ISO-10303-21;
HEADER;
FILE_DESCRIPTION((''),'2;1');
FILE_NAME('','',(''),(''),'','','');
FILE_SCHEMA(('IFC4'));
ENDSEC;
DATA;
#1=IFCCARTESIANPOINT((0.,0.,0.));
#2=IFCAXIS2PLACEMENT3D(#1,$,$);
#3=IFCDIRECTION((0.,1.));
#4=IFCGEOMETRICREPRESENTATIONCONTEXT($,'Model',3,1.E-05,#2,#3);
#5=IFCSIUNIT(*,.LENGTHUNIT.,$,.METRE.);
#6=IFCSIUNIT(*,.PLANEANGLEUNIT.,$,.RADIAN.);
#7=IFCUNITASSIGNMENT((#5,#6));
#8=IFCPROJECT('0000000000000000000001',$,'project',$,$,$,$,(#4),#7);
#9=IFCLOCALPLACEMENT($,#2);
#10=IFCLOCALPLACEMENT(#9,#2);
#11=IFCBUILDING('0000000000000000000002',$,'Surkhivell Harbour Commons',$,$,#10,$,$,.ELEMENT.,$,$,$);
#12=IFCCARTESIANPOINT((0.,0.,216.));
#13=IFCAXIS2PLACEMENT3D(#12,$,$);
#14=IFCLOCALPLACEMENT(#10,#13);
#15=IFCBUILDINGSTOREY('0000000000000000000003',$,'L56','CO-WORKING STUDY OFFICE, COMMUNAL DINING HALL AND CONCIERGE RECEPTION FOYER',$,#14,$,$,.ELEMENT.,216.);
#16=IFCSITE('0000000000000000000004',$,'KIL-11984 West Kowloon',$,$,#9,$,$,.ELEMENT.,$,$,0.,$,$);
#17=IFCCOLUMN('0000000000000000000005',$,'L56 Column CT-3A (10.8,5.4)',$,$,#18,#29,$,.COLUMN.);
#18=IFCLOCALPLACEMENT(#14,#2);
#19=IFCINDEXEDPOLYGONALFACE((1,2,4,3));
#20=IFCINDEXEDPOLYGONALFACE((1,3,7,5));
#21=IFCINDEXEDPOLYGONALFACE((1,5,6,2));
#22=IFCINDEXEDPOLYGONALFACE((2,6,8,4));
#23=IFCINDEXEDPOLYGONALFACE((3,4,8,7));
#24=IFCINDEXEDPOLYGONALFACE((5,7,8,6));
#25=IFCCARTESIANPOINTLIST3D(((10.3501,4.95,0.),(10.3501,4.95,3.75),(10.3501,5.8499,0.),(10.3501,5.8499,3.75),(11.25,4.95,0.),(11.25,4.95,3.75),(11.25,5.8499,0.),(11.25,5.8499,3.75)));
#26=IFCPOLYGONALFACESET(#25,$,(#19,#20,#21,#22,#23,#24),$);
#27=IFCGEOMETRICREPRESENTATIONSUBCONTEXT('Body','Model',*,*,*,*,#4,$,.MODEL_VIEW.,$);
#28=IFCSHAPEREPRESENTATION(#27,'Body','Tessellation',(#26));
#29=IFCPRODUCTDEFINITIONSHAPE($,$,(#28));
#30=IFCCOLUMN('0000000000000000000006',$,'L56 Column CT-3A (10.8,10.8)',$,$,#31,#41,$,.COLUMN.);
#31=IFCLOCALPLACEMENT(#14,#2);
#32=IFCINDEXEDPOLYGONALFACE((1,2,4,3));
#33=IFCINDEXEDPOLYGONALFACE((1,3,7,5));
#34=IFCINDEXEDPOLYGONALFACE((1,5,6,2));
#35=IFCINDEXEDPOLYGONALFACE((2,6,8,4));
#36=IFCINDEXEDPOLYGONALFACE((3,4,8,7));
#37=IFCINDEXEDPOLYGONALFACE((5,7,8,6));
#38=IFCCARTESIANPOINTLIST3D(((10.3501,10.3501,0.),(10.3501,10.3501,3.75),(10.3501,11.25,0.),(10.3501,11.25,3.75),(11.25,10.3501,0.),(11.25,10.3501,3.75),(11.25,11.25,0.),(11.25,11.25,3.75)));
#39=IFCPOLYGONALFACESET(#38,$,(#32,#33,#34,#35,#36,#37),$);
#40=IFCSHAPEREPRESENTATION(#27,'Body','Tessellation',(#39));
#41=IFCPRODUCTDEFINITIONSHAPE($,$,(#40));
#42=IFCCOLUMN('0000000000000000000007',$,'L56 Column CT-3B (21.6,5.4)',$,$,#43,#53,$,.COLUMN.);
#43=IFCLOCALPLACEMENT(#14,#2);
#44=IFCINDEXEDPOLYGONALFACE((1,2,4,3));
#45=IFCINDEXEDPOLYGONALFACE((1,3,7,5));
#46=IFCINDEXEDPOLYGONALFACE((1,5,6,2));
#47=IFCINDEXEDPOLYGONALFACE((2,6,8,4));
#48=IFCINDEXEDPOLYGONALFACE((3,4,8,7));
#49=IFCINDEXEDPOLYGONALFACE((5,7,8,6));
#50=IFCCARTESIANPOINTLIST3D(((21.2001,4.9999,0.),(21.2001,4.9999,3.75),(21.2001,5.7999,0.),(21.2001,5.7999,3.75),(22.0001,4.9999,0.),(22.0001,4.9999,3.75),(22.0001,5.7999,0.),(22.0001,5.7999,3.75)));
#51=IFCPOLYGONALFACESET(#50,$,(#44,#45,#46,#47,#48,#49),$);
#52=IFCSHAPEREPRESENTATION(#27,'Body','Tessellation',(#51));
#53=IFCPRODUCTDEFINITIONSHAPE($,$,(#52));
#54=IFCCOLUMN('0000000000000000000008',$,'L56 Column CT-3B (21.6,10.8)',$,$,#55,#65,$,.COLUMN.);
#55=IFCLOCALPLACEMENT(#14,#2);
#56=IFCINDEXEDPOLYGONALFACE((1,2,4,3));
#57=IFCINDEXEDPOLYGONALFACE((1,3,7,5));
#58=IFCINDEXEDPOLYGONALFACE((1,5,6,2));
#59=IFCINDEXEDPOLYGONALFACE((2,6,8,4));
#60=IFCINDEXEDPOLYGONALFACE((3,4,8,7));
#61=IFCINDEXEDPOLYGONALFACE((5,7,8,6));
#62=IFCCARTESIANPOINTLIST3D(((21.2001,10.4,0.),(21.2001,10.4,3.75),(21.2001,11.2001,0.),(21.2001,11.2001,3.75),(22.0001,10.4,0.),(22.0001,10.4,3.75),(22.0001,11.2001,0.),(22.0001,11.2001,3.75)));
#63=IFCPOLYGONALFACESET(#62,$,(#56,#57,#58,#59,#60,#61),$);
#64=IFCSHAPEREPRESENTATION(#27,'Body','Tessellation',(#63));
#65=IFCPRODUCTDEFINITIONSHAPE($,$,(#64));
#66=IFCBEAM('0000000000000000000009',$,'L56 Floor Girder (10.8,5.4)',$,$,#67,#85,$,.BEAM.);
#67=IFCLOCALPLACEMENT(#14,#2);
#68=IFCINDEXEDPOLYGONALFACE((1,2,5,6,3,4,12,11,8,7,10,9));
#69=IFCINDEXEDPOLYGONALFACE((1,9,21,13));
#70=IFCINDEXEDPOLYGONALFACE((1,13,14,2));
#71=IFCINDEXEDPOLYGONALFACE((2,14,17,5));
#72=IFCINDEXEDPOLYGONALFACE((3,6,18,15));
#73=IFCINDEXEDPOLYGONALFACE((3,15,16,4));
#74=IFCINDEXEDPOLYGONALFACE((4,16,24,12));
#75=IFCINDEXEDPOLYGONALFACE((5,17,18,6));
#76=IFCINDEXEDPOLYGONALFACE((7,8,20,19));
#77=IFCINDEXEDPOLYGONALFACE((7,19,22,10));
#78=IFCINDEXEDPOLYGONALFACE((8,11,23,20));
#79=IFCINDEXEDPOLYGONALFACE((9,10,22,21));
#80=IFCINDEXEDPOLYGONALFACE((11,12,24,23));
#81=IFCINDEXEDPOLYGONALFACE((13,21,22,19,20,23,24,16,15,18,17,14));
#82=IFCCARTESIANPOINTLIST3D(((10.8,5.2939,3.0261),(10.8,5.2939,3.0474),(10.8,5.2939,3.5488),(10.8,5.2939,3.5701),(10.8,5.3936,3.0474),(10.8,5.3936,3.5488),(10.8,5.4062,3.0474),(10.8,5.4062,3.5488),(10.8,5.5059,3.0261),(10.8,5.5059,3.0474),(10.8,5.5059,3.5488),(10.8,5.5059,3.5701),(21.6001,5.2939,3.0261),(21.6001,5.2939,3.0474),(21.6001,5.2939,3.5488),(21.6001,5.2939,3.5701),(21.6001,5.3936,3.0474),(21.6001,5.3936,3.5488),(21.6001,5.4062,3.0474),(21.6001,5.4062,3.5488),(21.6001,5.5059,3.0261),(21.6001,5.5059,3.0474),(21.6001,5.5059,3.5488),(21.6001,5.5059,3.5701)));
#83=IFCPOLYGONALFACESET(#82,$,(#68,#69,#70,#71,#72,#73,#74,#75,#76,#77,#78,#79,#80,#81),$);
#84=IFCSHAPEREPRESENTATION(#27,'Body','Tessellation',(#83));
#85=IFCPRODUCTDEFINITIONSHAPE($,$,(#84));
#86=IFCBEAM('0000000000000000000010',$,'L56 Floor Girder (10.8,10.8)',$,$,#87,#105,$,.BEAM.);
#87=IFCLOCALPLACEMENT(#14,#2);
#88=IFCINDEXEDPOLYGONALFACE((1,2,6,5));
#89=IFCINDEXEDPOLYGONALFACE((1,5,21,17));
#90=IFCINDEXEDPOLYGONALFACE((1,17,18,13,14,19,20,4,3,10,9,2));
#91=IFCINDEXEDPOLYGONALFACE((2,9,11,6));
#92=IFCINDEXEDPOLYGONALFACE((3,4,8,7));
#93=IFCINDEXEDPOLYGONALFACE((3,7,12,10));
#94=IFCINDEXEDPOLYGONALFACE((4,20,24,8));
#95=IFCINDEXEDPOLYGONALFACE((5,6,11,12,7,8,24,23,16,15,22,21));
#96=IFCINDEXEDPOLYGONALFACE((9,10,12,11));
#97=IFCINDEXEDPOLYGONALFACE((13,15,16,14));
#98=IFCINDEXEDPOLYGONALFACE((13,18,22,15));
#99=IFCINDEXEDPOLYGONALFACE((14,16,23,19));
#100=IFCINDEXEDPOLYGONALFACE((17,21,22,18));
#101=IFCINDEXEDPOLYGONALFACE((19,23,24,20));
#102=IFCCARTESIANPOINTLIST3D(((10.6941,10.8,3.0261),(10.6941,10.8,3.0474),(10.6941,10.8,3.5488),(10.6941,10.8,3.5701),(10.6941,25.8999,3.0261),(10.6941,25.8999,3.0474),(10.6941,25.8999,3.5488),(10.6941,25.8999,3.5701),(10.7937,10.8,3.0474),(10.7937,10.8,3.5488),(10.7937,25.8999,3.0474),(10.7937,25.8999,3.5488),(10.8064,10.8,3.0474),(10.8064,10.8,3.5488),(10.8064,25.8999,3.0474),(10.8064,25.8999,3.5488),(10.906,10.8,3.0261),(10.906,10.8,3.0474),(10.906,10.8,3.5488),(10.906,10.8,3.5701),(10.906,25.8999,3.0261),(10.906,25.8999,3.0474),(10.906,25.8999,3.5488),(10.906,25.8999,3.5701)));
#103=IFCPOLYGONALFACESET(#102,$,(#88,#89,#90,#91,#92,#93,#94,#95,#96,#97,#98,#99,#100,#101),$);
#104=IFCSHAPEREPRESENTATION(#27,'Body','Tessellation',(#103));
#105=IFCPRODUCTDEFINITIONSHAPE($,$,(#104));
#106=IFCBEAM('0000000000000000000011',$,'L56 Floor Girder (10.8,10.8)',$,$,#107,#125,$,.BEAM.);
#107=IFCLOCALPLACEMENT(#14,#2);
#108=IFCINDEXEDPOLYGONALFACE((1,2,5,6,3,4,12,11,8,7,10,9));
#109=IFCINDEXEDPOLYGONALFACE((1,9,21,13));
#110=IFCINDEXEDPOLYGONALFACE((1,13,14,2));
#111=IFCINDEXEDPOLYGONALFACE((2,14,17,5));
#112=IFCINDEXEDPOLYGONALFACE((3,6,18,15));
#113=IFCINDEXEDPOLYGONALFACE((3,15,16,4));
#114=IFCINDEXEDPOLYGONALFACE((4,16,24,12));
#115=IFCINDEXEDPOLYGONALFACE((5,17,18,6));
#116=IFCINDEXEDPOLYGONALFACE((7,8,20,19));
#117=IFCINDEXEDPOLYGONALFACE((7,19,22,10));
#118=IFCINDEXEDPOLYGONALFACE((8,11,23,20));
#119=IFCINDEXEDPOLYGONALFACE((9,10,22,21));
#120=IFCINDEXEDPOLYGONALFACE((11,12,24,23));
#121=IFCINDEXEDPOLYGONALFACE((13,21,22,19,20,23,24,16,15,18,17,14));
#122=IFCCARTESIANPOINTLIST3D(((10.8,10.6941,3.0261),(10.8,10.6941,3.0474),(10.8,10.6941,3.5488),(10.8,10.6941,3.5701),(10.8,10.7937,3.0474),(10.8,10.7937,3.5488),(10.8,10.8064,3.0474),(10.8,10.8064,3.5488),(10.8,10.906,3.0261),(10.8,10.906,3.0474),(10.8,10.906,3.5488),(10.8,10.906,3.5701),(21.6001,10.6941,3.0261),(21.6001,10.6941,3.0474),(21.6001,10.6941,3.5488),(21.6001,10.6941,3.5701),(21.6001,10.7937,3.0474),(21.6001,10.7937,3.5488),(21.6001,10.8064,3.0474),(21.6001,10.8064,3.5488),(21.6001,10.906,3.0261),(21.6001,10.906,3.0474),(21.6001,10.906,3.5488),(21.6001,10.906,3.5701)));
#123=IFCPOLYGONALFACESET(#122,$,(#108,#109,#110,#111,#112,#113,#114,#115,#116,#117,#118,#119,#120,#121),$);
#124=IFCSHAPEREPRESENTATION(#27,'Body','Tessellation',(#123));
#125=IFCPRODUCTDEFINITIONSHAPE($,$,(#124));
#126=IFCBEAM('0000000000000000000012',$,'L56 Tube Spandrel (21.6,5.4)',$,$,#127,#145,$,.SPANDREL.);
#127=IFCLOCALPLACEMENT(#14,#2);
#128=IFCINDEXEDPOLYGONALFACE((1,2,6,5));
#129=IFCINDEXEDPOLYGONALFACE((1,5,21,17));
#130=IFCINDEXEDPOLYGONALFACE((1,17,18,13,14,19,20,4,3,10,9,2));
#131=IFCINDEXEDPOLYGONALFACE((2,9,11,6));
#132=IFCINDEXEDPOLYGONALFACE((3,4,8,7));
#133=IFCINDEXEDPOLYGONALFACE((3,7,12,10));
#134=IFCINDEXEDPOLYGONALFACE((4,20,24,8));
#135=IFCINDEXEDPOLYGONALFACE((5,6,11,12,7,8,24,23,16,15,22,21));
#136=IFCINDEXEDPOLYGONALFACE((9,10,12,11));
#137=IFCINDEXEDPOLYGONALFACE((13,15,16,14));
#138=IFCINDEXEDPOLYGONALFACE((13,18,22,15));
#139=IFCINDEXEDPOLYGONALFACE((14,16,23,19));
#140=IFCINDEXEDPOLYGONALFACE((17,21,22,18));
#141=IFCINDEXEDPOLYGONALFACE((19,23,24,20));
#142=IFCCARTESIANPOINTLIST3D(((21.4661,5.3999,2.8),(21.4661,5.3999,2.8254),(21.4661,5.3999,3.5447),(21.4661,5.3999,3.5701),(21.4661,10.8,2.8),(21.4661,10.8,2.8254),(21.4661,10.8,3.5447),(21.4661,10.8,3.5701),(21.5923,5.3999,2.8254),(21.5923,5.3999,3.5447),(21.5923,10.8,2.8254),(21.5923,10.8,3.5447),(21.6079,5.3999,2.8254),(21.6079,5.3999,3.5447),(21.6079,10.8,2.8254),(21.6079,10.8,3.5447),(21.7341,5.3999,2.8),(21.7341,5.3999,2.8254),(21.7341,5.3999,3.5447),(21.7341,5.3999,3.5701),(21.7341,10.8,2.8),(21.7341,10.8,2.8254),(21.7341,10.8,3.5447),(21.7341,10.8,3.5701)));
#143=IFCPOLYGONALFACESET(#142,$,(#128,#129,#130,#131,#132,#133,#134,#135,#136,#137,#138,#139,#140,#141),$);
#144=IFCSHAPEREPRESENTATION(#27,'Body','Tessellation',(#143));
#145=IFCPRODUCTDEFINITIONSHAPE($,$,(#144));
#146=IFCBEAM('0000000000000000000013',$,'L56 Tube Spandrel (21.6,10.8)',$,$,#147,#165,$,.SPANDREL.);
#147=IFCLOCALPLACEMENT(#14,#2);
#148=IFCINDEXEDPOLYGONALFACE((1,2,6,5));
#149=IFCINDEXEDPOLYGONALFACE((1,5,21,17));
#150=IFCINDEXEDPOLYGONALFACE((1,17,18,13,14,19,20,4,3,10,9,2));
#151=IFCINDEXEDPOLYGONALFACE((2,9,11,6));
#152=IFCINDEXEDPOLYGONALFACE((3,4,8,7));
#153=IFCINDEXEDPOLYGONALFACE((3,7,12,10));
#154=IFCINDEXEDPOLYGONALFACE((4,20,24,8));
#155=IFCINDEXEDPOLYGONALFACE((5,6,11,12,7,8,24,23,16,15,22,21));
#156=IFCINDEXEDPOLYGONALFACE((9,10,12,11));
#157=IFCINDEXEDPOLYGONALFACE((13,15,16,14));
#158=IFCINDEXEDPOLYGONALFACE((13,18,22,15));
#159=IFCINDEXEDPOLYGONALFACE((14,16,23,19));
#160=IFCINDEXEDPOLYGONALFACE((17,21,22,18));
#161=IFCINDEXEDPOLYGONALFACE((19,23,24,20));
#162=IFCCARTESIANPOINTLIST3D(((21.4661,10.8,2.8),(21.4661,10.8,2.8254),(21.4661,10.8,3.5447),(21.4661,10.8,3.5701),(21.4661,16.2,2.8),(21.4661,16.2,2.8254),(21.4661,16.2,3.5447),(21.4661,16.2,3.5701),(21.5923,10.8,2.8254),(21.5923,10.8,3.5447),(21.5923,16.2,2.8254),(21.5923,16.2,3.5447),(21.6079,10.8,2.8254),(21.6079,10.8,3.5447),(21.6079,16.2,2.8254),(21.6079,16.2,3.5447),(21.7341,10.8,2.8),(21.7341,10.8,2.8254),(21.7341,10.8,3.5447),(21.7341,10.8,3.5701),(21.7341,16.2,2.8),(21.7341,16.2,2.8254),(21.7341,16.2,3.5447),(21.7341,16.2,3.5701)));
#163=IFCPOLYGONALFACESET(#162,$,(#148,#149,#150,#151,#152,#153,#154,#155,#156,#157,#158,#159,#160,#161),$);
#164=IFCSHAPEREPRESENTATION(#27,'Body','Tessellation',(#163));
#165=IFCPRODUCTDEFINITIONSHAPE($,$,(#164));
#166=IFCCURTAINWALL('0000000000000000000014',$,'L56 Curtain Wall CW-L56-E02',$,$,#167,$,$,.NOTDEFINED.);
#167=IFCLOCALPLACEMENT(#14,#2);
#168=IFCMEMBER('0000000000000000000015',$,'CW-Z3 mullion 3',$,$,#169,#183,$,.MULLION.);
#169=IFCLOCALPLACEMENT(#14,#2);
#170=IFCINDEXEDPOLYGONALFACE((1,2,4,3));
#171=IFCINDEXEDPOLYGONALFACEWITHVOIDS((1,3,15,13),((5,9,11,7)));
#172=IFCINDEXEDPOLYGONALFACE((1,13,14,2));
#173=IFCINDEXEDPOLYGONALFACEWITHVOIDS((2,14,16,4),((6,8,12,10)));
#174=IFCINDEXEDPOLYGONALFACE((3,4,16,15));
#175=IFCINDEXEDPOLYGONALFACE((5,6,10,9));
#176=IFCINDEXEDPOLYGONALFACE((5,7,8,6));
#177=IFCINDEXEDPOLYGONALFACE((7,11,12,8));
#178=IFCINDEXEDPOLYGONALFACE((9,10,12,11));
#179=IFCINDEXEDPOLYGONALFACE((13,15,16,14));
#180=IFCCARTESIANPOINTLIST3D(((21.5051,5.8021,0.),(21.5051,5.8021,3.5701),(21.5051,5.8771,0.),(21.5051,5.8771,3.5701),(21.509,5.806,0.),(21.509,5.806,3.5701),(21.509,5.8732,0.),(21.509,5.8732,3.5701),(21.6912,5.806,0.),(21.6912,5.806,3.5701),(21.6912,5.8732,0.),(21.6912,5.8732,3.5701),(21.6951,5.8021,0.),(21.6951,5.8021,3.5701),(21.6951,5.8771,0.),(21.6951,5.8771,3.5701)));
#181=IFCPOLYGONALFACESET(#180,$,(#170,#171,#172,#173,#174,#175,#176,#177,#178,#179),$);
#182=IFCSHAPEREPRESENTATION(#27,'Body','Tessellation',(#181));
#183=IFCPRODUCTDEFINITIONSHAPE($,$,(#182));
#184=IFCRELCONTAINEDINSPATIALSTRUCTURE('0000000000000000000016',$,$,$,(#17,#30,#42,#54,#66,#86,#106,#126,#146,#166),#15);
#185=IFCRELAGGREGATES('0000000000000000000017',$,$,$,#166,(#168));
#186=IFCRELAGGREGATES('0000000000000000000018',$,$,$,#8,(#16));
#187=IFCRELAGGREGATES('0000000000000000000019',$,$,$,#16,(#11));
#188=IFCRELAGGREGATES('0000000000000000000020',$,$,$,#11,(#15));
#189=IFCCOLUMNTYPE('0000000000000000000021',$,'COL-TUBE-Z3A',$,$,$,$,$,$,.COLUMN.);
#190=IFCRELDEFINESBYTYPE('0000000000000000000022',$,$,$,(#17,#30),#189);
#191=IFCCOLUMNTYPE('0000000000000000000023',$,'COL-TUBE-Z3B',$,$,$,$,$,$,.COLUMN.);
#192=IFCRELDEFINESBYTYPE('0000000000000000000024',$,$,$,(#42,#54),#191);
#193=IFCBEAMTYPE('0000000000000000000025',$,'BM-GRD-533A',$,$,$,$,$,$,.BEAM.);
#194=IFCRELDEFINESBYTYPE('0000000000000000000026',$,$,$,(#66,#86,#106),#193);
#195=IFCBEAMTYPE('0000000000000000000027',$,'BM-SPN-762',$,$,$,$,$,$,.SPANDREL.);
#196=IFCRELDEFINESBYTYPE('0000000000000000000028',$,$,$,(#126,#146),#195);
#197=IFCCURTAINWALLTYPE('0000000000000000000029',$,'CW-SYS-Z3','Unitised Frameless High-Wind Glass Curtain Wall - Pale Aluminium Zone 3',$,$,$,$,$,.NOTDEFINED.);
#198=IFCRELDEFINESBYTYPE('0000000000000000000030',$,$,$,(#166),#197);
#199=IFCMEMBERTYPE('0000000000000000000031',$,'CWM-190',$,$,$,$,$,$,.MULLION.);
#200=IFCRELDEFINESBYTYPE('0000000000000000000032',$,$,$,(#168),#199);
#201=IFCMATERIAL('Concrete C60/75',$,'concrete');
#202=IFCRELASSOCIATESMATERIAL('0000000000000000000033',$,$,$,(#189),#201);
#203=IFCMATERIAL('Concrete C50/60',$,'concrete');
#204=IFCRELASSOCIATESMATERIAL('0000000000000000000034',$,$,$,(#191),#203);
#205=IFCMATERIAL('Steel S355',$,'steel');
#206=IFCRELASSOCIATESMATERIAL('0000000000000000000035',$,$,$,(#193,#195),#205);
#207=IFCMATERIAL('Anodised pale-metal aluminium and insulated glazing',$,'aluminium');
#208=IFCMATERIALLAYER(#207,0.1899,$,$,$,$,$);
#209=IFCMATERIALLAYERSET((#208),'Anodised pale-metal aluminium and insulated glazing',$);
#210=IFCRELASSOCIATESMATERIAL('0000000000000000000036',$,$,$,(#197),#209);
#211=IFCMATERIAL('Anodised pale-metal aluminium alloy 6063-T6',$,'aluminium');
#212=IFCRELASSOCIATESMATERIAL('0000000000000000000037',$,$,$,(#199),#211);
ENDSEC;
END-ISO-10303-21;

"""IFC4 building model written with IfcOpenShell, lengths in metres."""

from ifc_helpers import new_model, si_unit, direction, frame, origin, origin_2d, place, context, subcontext, project, spatial, rectangle, hollow_rectangle, i_section, extrude, material, layer, layer_set, material_profile, profile_set, type_object, element, aggregate, save


model = new_model("IFC4")

# Units and contexts
model_context = context("Model", 3, precision=1e-05, world=origin(), true_north=direction((0.0, 1.0)))
body_context = subcontext(model_context, "Body", "Model", "MODEL_VIEW")
ifc_project = project(units=[si_unit("LENGTHUNIT", "METRE"), si_unit("PLANEANGLEUNIT", "RADIAN")], contexts=[model_context])

# Site, building, storey
site_placement = place(None, origin())
site = spatial("IfcSite", under=ifc_project, at=site_placement, Name="KIL-11984 West Kowloon", CompositionType="ELEMENT", RefElevation=0.0)
building_placement = place(site_placement, origin())
building = spatial("IfcBuilding", under=site, at=building_placement, Name="Surkhivell Harbour Commons", CompositionType="ELEMENT")
storey_placement = place(building_placement, frame((0.0, 0.0, 216.0)))
storey = spatial("IfcBuildingStorey", under=building, at=storey_placement, Name="L56", Description="CO-WORKING STUDY OFFICE, COMMUNAL DINING HALL AND CONCIERGE RECEPTION FOYER", CompositionType="ELEMENT", Elevation=216.0)

# Columns
ifc_material_1 = material(Name="Concrete C60/75", Category="concrete")
ifc_material_profile_1 = material_profile(ifc_material_1, rectangle(XDim=0.8999, YDim=0.8999, at=origin_2d()), Name="RC-COL-900x900")
ifc_profile_set_1 = profile_set([ifc_material_profile_1], Name="Concrete C60/75")
column_type_1 = type_object("IfcColumnType", Name="COL-TUBE-Z3A", PredefinedType="COLUMN", material=ifc_profile_set_1)
for number, where, z_axis, x_axis, name in (
    (1, (10.8, 5.3999, 0.0), (0.0, 0.0, 1.0), (1.0, 0.0, 0.0), "L56 Column CT-3A (10.8,5.4)"),
    (2, (10.8, 10.8, 0.0), (0.0, 0.0, 1.0), (1.0, 0.0, 0.0), "L56 Column CT-3A (10.8,10.8)"),
):
    element("IfcColumn", number, at=place(storey_placement, frame(where, z_axis=z_axis, x_axis=x_axis)), inside=storey, type_object=column_type_1, Name=name, PredefinedType="COLUMN", context=body_context, shape_type="SweptSolid", body=[
        extrude(rectangle(XDim=0.8999, YDim=0.8999, at=origin_2d()), origin(), (0.0, 0.0, 1.0), 3.75),
    ])
ifc_material_2 = material(Name="Concrete C50/60", Category="concrete")
ifc_material_profile_2 = material_profile(ifc_material_2, rectangle(XDim=0.8, YDim=0.8, at=origin_2d()), Name="RC-COL-800x800")
ifc_profile_set_2 = profile_set([ifc_material_profile_2], Name="Concrete C50/60")
column_type_2 = type_object("IfcColumnType", Name="COL-TUBE-Z3B", PredefinedType="COLUMN", material=ifc_profile_set_2)
for number, where, z_axis, x_axis, name in (
    (3, (21.6001, 5.3999, 0.0), (0.0, 0.0, 1.0), (1.0, 0.0, 0.0), "L56 Column CT-3B (21.6,5.4)"),
    (4, (21.6001, 10.8, 0.0), (0.0, 0.0, 1.0), (1.0, 0.0, 0.0), "L56 Column CT-3B (21.6,10.8)"),
):
    element("IfcColumn", number, at=place(storey_placement, frame(where, z_axis=z_axis, x_axis=x_axis)), inside=storey, type_object=column_type_2, Name=name, PredefinedType="COLUMN", context=body_context, shape_type="SweptSolid", body=[
        extrude(rectangle(XDim=0.8, YDim=0.8, at=origin_2d()), origin(), (0.0, 0.0, 1.0), 3.75),
    ])

# Beams
ifc_material_3 = material(Name="Steel S355", Category="steel")
ifc_material_profile_3 = material_profile(ifc_material_3, i_section(OverallWidth=0.2119, OverallDepth=0.5439, WebThickness=0.0127, FlangeThickness=0.0212, at=origin_2d()), Name="UB533x210x122")
ifc_profile_set_3 = profile_set([ifc_material_profile_3], Name="Steel S355")
beam_type_1 = type_object("IfcBeamType", Name="BM-GRD-533A", PredefinedType="BEAM", material=ifc_profile_set_3)
beam_1_placement = place(storey_placement, frame((10.8, 5.3999, 3.2981), z_axis=(1.0, 0.0, 0.0), x_axis=(0.0, 1.0, 0.0)))
element("IfcBeam", 5, at=beam_1_placement, inside=storey, type_object=beam_type_1, Name="L56 Floor Girder (10.8,5.4)", PredefinedType="BEAM", context=body_context, shape_type="SweptSolid", body=[
    extrude(i_section(OverallWidth=0.2119, OverallDepth=0.5439, WebThickness=0.0127, FlangeThickness=0.0212, at=origin_2d()), origin(), (0.0, 0.0, 1.0), 10.8),
])
beam_2_placement = place(storey_placement, frame((10.8, 10.8, 3.2981), z_axis=(0.0, 1.0, 0.0), x_axis=(-1.0, 0.0, 0.0)))
element("IfcBeam", 6, at=beam_2_placement, inside=storey, type_object=beam_type_1, Name="L56 Floor Girder (10.8,10.8)", PredefinedType="BEAM", context=body_context, shape_type="SweptSolid", body=[
    extrude(i_section(OverallWidth=0.2119, OverallDepth=0.5439, WebThickness=0.0127, FlangeThickness=0.0212, at=origin_2d()), origin(), (0.0, 0.0, 1.0), 15.0999),
])
beam_3_placement = place(storey_placement, frame((10.8, 10.8, 3.2981), z_axis=(1.0, 0.0, 0.0), x_axis=(0.0, 1.0, 0.0)))
element("IfcBeam", 7, at=beam_3_placement, inside=storey, type_object=beam_type_1, Name="L56 Floor Girder (10.8,10.8)", PredefinedType="BEAM", context=body_context, shape_type="SweptSolid", body=[
    extrude(i_section(OverallWidth=0.2119, OverallDepth=0.5439, WebThickness=0.0127, FlangeThickness=0.0212, at=origin_2d()), origin(), (0.0, 0.0, 1.0), 10.8),
])
ifc_material_profile_4 = material_profile(ifc_material_3, i_section(OverallWidth=0.2681, OverallDepth=0.77, WebThickness=0.0156, FlangeThickness=0.0254, at=origin_2d()), Name="UB762x267x197")
ifc_profile_set_4 = profile_set([ifc_material_profile_4], Name="Steel S355")
beam_type_2 = type_object("IfcBeamType", Name="BM-SPN-762", PredefinedType="SPANDREL", material=ifc_profile_set_4)
beam_4_placement = place(storey_placement, frame((21.6001, 5.3999, 3.1851), z_axis=(0.0, 1.0, 0.0), x_axis=(-1.0, 0.0, 0.0)))
element("IfcBeam", 8, at=beam_4_placement, inside=storey, type_object=beam_type_2, Name="L56 Tube Spandrel (21.6,5.4)", PredefinedType="SPANDREL", context=body_context, shape_type="SweptSolid", body=[
    extrude(i_section(OverallWidth=0.2681, OverallDepth=0.77, WebThickness=0.0156, FlangeThickness=0.0254, at=origin_2d()), origin(), (0.0, 0.0, 1.0), 5.4001),
])
beam_5_placement = place(storey_placement, frame((21.6001, 10.8, 3.1851), z_axis=(0.0, 1.0, 0.0), x_axis=(-1.0, 0.0, 0.0)))
element("IfcBeam", 9, at=beam_5_placement, inside=storey, type_object=beam_type_2, Name="L56 Tube Spandrel (21.6,10.8)", PredefinedType="SPANDREL", context=body_context, shape_type="SweptSolid", body=[
    extrude(i_section(OverallWidth=0.2681, OverallDepth=0.77, WebThickness=0.0156, FlangeThickness=0.0254, at=origin_2d()), origin(), (0.0, 0.0, 1.0), 5.3999),
])

# Curtain wall, member
ifc_material_4 = material(Name="Anodised pale-metal aluminium and insulated glazing", Category="aluminium")
ifc_layer_1 = layer(ifc_material_4, 0.1899)
ifc_layer_set_1 = layer_set([ifc_layer_1], Name="Anodised pale-metal aluminium and insulated glazing")
curtain_wall_type = type_object("IfcCurtainWallType", Name="CW-SYS-Z3", Description="Unitised Frameless High-Wind Glass Curtain Wall - Pale Aluminium Zone 3", PredefinedType="NOTDEFINED", material=ifc_layer_set_1)
curtain_wall_placement = place(storey_placement, origin())
curtain_wall = element("IfcCurtainWall", 10, at=curtain_wall_placement, inside=storey, type_object=curtain_wall_type, Name="L56 Curtain Wall CW-L56-E02", PredefinedType="NOTDEFINED")
ifc_material_5 = material(Name="Anodised pale-metal aluminium alloy 6063-T6", Category="aluminium")
ifc_material_profile_5 = material_profile(ifc_material_5, hollow_rectangle(XDim=0.075, YDim=0.1899, WallThickness=0.0039, at=origin_2d()), Name="ALU-MULL-75x190")
ifc_profile_set_5 = profile_set([ifc_material_profile_5], Name="Anodised pale-metal aluminium alloy 6063-T6")
member_type_1 = type_object("IfcMemberType", Name="CWM-190", PredefinedType="MULLION", material=ifc_profile_set_5)
member_1_placement = place(storey_placement, frame((21.6001, 5.8396, 0.0), z_axis=(0.0, 0.0, 1.0), x_axis=(0.0, 1.0, 0.0)))
member_1 = element("IfcMember", 11, at=member_1_placement, type_object=member_type_1, Name="CW-Z3 mullion 3", PredefinedType="MULLION", context=body_context, shape_type="SweptSolid", body=[
    extrude(hollow_rectangle(XDim=0.075, YDim=0.1899, WallThickness=0.0039, at=origin_2d()), origin(), (0.0, 0.0, 1.0), 3.5701),
])
aggregate(curtain_wall, [member_1])

save(model, "model.ifc")
